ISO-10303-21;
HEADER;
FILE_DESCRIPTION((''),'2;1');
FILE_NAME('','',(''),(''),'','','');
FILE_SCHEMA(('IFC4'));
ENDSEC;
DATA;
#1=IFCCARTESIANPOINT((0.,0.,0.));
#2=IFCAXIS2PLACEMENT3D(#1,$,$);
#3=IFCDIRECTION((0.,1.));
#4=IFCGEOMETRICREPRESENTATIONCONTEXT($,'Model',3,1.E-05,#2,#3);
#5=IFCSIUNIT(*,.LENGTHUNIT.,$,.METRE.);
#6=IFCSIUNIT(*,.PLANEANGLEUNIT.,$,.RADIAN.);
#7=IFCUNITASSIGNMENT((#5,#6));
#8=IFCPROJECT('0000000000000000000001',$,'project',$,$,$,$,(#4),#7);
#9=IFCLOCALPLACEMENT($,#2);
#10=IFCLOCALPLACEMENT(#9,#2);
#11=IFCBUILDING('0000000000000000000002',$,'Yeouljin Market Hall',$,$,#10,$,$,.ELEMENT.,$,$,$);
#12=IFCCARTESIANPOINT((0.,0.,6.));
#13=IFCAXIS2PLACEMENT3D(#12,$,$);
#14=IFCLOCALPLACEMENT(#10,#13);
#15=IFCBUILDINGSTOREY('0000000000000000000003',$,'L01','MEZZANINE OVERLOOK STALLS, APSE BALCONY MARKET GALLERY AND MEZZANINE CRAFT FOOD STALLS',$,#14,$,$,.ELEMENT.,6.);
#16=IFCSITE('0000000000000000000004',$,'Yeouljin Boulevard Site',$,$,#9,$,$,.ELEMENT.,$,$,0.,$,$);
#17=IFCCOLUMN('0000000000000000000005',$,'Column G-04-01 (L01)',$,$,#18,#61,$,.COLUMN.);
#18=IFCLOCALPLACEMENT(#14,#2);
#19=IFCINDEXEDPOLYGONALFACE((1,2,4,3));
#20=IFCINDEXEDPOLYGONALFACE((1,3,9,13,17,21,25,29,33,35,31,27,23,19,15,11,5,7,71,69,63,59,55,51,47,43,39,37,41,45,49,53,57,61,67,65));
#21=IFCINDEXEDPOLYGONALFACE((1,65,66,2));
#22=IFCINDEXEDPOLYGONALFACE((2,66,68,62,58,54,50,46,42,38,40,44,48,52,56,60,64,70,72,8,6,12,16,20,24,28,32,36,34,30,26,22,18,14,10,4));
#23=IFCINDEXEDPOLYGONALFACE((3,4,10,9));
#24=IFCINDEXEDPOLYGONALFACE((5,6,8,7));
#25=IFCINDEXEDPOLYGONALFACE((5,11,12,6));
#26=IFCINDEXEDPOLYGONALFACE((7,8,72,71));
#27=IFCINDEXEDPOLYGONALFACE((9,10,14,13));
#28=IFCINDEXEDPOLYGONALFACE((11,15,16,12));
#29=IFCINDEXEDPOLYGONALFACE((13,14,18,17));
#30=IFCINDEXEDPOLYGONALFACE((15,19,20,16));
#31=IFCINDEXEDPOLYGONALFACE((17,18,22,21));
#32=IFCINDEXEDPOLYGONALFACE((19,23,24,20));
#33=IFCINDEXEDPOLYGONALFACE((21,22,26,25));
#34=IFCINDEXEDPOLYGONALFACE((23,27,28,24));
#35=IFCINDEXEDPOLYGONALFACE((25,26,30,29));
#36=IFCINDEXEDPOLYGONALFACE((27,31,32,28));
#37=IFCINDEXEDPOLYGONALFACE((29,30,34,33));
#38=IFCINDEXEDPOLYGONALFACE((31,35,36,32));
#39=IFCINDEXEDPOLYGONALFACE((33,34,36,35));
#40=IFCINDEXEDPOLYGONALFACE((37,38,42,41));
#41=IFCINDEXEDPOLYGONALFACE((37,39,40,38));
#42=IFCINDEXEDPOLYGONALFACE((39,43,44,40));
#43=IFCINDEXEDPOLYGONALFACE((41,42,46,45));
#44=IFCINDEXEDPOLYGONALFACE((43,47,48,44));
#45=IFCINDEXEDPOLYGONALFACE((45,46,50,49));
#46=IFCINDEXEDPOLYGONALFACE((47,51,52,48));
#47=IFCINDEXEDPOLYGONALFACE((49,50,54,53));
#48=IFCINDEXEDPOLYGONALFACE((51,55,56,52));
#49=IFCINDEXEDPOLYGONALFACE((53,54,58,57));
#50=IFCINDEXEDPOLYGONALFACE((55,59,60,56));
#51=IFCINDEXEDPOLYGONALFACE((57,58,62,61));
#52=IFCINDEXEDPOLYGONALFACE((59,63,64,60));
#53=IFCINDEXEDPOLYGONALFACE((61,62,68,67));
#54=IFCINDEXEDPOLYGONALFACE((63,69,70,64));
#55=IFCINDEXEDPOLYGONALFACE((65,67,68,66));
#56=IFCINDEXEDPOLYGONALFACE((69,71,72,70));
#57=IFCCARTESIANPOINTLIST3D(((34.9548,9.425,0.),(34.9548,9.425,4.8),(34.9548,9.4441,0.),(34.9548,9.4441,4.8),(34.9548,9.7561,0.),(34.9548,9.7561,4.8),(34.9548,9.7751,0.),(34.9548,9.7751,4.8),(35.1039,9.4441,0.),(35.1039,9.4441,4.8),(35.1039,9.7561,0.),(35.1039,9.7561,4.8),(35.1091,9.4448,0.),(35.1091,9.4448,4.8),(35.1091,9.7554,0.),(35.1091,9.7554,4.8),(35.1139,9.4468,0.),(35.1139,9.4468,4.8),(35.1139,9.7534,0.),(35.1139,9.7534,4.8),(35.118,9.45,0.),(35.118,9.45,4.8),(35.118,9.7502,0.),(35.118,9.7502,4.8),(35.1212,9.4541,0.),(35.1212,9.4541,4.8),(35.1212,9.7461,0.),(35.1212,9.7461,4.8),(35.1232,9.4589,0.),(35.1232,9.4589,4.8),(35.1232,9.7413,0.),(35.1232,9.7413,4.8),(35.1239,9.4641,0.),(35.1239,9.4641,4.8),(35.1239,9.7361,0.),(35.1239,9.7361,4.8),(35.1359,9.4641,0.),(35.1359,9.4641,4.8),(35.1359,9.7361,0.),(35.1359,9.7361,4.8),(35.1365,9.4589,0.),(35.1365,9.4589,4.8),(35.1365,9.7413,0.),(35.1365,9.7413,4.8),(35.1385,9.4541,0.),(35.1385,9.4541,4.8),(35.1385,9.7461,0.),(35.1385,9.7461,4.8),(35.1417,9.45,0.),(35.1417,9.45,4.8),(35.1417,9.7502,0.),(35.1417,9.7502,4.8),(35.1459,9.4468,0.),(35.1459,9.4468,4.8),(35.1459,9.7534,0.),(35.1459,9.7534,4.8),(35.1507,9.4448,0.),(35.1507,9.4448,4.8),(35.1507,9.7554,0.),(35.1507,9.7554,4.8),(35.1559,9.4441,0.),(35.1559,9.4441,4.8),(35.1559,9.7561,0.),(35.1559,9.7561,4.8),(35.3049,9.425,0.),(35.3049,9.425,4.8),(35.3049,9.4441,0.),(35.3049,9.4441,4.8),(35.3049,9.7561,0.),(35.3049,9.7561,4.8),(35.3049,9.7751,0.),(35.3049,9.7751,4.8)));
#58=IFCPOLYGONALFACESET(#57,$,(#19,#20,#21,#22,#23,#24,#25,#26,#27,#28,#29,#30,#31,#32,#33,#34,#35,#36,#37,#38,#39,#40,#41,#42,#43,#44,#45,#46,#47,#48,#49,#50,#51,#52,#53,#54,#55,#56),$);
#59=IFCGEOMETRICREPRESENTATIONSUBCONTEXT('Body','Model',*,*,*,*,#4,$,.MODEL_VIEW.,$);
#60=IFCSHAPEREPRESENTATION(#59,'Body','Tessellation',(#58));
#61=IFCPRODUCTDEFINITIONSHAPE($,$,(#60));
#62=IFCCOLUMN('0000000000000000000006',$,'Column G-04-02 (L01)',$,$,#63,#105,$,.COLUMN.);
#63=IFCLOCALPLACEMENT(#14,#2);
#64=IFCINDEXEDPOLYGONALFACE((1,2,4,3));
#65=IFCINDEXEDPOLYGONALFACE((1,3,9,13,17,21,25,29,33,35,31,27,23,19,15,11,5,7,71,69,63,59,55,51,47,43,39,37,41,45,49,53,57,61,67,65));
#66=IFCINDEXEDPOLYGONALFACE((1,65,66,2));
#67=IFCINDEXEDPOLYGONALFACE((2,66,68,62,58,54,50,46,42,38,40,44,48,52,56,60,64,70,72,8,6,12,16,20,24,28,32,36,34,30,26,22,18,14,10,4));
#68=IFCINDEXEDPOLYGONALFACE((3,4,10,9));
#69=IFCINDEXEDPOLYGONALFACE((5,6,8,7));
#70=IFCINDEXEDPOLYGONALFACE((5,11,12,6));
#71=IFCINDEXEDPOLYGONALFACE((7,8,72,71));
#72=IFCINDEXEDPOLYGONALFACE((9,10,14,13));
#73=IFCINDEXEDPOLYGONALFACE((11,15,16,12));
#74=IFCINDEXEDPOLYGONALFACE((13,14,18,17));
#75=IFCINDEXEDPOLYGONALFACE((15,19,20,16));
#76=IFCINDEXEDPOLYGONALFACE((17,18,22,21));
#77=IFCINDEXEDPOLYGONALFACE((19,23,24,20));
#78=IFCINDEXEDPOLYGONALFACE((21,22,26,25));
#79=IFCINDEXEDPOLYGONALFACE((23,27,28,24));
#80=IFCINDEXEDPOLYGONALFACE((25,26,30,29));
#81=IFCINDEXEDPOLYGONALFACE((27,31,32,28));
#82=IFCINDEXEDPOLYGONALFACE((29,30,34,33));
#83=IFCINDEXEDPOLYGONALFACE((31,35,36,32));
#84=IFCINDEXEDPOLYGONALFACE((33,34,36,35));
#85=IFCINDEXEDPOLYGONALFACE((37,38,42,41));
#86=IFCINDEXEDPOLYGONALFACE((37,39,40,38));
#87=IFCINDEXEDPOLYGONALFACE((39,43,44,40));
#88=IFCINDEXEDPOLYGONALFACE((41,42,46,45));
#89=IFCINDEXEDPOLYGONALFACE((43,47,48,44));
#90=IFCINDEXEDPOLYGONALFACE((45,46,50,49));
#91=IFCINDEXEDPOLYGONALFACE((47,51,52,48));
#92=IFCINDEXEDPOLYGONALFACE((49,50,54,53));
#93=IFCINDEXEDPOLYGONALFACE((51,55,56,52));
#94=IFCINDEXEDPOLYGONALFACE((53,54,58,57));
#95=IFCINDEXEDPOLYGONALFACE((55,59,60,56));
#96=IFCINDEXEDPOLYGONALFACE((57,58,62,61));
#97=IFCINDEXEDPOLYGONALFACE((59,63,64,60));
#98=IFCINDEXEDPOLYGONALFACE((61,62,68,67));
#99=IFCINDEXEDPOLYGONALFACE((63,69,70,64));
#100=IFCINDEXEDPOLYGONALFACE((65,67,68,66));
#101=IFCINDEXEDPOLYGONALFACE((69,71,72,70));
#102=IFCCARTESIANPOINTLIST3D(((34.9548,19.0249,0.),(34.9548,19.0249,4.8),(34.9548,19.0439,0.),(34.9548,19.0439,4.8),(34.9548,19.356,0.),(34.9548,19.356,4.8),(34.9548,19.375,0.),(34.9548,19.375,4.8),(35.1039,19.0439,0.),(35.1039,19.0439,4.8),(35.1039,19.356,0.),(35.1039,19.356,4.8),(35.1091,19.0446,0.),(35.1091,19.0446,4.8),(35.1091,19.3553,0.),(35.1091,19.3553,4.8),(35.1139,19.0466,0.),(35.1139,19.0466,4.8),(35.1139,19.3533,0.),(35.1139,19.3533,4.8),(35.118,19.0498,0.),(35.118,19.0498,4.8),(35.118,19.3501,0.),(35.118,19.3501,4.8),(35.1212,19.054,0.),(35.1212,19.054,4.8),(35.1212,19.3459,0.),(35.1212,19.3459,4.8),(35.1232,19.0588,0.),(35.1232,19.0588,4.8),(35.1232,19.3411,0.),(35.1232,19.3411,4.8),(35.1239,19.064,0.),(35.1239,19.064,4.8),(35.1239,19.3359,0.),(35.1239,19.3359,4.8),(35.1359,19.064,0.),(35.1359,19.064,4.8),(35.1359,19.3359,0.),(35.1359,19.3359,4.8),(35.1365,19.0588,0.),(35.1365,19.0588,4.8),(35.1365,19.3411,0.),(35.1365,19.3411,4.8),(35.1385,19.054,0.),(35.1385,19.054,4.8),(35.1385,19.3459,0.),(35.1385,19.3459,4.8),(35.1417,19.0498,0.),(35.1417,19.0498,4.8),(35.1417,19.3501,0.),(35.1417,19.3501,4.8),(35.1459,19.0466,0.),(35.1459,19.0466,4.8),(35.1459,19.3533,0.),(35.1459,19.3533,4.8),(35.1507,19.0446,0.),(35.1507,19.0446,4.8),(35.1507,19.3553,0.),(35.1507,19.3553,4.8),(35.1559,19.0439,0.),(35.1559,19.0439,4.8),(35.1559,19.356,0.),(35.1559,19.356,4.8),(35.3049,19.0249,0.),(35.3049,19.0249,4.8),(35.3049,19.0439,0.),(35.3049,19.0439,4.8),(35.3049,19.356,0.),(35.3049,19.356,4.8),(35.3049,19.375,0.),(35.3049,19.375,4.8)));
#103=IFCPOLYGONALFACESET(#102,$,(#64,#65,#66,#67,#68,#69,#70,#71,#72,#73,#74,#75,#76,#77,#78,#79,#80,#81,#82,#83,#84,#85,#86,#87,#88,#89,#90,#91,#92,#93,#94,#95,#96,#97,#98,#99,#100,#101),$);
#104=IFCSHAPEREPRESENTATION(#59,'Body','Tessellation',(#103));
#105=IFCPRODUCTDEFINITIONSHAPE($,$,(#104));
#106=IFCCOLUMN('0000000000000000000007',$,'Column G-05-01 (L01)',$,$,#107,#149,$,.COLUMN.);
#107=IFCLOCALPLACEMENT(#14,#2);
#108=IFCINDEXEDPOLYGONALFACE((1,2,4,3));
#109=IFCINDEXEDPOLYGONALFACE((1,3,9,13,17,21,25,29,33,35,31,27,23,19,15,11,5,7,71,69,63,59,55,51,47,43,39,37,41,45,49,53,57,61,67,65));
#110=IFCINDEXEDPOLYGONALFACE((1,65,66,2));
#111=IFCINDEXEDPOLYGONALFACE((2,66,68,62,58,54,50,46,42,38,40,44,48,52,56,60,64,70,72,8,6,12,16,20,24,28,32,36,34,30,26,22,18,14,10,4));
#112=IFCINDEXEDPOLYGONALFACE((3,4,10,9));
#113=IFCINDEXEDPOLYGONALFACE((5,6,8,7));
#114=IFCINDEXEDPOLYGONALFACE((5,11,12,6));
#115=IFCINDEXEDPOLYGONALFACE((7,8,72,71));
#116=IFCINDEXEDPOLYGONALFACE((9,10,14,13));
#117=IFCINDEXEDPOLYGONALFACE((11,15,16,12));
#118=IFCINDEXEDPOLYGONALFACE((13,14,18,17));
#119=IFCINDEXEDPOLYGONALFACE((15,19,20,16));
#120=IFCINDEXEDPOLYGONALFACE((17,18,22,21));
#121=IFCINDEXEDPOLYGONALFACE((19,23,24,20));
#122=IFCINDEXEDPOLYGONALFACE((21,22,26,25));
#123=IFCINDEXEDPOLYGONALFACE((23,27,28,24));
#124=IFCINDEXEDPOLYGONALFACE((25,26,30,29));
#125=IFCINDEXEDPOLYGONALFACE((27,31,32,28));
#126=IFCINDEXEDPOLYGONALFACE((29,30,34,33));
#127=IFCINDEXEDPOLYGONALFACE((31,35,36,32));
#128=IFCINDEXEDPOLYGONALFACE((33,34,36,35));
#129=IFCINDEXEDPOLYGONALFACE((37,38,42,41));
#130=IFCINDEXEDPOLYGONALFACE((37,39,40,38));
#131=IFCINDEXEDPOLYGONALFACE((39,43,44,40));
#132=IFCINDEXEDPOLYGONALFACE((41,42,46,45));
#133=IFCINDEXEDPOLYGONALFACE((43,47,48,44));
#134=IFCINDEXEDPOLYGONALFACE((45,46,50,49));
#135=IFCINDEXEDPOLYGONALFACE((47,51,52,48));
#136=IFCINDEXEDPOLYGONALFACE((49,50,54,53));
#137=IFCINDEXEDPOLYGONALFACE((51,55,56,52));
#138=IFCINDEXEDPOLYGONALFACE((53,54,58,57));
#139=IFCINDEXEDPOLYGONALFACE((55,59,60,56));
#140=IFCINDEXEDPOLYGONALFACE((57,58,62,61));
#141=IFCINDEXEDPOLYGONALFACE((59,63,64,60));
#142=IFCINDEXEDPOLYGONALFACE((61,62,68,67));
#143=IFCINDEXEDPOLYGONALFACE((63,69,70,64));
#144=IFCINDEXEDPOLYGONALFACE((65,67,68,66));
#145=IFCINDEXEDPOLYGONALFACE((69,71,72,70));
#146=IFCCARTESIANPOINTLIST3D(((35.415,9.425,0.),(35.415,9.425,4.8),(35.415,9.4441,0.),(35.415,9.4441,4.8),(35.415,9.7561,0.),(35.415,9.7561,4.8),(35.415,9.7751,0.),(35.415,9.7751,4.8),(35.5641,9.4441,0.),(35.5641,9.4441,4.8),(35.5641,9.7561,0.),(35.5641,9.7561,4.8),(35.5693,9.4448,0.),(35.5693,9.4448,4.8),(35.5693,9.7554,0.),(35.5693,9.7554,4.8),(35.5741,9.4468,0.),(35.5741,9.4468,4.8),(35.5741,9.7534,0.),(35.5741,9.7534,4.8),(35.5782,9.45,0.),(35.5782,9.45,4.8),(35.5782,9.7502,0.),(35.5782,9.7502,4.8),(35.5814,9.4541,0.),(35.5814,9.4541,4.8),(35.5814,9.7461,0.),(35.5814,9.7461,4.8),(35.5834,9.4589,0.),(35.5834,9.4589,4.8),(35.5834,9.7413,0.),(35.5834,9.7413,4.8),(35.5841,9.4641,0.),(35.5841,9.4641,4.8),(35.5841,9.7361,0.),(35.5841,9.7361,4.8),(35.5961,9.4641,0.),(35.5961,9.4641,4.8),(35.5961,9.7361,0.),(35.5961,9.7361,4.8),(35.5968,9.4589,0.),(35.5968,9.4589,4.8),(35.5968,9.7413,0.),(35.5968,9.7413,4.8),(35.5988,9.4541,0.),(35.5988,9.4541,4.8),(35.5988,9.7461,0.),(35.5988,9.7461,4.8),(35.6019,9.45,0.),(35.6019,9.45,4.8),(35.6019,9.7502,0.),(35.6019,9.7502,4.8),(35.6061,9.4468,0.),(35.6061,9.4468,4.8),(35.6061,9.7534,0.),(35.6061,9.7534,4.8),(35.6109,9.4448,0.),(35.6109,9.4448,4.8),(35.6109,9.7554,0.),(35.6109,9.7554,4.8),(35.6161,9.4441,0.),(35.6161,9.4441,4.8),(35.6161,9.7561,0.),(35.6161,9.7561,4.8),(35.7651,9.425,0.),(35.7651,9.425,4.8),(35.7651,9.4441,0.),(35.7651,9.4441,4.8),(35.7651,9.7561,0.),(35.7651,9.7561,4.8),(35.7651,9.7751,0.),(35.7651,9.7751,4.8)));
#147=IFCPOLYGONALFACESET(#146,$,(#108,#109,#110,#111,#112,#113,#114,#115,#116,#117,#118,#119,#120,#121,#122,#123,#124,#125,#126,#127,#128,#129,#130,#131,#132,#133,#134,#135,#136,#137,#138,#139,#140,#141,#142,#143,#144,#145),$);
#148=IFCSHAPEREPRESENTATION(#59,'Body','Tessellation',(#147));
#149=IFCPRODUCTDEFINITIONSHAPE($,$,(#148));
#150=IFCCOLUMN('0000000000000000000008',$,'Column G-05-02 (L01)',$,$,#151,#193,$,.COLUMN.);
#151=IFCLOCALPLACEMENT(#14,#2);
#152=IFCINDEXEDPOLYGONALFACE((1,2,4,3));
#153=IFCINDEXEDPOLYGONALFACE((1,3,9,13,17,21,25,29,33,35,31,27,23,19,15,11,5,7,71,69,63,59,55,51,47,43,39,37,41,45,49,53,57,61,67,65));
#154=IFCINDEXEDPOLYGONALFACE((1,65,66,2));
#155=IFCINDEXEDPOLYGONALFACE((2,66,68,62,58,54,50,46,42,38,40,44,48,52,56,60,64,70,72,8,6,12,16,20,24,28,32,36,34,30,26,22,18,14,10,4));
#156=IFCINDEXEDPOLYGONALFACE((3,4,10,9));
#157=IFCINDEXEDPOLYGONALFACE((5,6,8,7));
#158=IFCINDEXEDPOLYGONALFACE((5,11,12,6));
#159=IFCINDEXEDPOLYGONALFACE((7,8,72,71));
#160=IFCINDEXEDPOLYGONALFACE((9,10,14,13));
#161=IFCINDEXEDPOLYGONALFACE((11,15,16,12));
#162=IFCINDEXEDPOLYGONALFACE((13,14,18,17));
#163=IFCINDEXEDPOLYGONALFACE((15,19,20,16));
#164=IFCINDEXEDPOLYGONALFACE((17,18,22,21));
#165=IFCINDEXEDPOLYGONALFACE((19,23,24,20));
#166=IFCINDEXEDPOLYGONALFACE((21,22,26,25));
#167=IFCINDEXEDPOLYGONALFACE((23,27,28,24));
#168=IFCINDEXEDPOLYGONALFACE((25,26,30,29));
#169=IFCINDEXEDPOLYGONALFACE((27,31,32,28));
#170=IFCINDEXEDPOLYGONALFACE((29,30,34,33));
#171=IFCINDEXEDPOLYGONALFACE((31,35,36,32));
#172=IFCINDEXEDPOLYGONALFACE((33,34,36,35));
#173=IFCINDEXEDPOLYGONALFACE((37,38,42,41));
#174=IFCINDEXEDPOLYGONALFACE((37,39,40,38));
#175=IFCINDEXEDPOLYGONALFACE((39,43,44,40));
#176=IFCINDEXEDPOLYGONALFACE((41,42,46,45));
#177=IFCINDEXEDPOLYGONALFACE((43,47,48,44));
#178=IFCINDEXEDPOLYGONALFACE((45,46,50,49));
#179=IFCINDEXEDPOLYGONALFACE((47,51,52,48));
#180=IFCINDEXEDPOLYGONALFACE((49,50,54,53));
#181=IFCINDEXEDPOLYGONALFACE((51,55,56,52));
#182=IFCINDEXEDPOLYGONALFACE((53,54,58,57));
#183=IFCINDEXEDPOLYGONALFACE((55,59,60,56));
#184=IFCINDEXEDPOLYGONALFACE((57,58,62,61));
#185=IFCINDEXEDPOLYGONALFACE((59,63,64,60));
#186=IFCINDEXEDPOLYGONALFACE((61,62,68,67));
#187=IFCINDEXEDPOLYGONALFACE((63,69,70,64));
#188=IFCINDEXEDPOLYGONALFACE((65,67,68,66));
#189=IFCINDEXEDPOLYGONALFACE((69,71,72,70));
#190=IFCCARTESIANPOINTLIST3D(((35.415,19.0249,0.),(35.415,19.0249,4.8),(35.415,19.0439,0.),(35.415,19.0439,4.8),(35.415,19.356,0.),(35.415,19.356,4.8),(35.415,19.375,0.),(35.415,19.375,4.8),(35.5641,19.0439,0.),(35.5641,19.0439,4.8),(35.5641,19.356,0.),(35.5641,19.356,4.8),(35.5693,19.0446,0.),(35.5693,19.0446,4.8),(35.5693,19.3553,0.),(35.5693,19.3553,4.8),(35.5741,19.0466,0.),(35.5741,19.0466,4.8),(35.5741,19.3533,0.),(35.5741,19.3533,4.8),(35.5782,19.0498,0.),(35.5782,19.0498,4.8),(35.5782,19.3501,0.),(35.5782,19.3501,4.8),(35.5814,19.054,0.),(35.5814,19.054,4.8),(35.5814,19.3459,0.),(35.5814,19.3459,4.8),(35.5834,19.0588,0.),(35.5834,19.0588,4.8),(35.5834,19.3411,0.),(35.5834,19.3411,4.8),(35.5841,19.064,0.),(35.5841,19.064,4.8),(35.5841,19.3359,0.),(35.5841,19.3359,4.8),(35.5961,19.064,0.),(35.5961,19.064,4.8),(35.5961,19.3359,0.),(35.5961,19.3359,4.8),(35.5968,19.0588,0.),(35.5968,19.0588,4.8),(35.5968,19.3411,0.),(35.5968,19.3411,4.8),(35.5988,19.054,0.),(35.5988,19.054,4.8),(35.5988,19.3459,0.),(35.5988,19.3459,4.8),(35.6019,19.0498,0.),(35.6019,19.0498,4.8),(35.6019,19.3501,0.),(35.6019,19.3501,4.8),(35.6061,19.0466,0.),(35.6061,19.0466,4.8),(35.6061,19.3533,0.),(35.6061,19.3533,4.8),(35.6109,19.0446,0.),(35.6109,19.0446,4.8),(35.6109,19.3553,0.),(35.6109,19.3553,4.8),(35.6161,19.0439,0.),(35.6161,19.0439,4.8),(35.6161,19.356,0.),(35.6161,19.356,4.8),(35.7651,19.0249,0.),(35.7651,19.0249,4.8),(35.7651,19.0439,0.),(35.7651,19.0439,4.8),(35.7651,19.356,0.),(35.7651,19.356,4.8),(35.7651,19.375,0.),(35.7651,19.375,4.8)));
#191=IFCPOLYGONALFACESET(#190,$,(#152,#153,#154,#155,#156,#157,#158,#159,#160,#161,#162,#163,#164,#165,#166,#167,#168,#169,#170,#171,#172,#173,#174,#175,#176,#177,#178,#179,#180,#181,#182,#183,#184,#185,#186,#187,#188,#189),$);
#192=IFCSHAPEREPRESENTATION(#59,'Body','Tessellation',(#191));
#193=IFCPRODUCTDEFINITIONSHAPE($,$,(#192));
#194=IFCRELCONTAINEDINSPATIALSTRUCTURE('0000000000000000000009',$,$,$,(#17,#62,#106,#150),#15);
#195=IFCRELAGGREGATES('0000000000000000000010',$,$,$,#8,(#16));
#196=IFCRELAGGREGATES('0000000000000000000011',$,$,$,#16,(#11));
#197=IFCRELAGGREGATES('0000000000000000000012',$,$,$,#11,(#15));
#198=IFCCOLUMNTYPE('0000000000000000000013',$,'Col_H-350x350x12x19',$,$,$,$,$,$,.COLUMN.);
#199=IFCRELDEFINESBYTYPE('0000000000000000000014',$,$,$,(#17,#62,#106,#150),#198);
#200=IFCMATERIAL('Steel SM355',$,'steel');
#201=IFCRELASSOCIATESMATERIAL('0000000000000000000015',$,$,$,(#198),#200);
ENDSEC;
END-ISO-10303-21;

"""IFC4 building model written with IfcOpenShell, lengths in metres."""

from ifc_helpers import new_model, si_unit, direction, frame, origin, origin_2d, place, context, subcontext, project, spatial, i_section, extrude, material, material_profile, profile_set, type_object, element, save


model = new_model("IFC4")

# Units and contexts
model_context = context("Model", 3, precision=1e-05, world=origin(), true_north=direction((0.0, 1.0)))
body_context = subcontext(model_context, "Body", "Model", "MODEL_VIEW")
ifc_project = project(units=[si_unit("LENGTHUNIT", "METRE"), si_unit("PLANEANGLEUNIT", "RADIAN")], contexts=[model_context])

# Site, building, storey
site_placement = place(None, origin())
site = spatial("IfcSite", under=ifc_project, at=site_placement, Name="Yeouljin Boulevard Site", CompositionType="ELEMENT", RefElevation=0.0)
building_placement = place(site_placement, origin())
building = spatial("IfcBuilding", under=site, at=building_placement, Name="Yeouljin Market Hall", CompositionType="ELEMENT")
storey_placement = place(building_placement, frame((0.0, 0.0, 6.0)))
storey = spatial("IfcBuildingStorey", under=building, at=storey_placement, Name="L01", Description="MEZZANINE OVERLOOK STALLS, APSE BALCONY MARKET GALLERY AND MEZZANINE CRAFT FOOD STALLS", CompositionType="ELEMENT", Elevation=6.0)

# Columns
ifc_material_1 = material(Name="Steel SM355", Category="steel")
ifc_material_profile_1 = material_profile(ifc_material_1, i_section(OverallWidth=0.3501, OverallDepth=0.3501, WebThickness=0.012, FlangeThickness=0.019, FilletRadius=0.02, at=origin_2d()), Name="H-350x350x12x19")
ifc_profile_set_1 = profile_set([ifc_material_profile_1], Name="Steel SM355")
column_type = type_object("IfcColumnType", Name="Col_H-350x350x12x19", PredefinedType="COLUMN", material=ifc_profile_set_1)
for number, where, z_axis, x_axis, name in (
    (1, (35.1299, 9.6001, 0.0), (0.0, 0.0, 1.0), (1.0, 0.0, 0.0), "Column G-04-01 (L01)"),
    (2, (35.1299, 19.2, 0.0), (0.0, 0.0, 1.0), (1.0, 0.0, 0.0), "Column G-04-02 (L01)"),
    (3, (35.5901, 9.6001, 0.0), (0.0, 0.0, 1.0), (1.0, 0.0, 0.0), "Column G-05-01 (L01)"),
    (4, (35.5901, 19.2, 0.0), (0.0, 0.0, 1.0), (1.0, 0.0, 0.0), "Column G-05-02 (L01)"),
):
    element("IfcColumn", number, at=place(storey_placement, frame(where, z_axis=z_axis, x_axis=x_axis)), inside=storey, type_object=column_type, Name=name, PredefinedType="COLUMN", context=body_context, shape_type="SweptSolid", body=[
        extrude(i_section(OverallWidth=0.3501, OverallDepth=0.3501, WebThickness=0.012, FlangeThickness=0.019, FilletRadius=0.02, at=origin_2d()), origin(), (0.0, 0.0, 1.0), 4.8),
    ])

save(model, "model.ifc")
